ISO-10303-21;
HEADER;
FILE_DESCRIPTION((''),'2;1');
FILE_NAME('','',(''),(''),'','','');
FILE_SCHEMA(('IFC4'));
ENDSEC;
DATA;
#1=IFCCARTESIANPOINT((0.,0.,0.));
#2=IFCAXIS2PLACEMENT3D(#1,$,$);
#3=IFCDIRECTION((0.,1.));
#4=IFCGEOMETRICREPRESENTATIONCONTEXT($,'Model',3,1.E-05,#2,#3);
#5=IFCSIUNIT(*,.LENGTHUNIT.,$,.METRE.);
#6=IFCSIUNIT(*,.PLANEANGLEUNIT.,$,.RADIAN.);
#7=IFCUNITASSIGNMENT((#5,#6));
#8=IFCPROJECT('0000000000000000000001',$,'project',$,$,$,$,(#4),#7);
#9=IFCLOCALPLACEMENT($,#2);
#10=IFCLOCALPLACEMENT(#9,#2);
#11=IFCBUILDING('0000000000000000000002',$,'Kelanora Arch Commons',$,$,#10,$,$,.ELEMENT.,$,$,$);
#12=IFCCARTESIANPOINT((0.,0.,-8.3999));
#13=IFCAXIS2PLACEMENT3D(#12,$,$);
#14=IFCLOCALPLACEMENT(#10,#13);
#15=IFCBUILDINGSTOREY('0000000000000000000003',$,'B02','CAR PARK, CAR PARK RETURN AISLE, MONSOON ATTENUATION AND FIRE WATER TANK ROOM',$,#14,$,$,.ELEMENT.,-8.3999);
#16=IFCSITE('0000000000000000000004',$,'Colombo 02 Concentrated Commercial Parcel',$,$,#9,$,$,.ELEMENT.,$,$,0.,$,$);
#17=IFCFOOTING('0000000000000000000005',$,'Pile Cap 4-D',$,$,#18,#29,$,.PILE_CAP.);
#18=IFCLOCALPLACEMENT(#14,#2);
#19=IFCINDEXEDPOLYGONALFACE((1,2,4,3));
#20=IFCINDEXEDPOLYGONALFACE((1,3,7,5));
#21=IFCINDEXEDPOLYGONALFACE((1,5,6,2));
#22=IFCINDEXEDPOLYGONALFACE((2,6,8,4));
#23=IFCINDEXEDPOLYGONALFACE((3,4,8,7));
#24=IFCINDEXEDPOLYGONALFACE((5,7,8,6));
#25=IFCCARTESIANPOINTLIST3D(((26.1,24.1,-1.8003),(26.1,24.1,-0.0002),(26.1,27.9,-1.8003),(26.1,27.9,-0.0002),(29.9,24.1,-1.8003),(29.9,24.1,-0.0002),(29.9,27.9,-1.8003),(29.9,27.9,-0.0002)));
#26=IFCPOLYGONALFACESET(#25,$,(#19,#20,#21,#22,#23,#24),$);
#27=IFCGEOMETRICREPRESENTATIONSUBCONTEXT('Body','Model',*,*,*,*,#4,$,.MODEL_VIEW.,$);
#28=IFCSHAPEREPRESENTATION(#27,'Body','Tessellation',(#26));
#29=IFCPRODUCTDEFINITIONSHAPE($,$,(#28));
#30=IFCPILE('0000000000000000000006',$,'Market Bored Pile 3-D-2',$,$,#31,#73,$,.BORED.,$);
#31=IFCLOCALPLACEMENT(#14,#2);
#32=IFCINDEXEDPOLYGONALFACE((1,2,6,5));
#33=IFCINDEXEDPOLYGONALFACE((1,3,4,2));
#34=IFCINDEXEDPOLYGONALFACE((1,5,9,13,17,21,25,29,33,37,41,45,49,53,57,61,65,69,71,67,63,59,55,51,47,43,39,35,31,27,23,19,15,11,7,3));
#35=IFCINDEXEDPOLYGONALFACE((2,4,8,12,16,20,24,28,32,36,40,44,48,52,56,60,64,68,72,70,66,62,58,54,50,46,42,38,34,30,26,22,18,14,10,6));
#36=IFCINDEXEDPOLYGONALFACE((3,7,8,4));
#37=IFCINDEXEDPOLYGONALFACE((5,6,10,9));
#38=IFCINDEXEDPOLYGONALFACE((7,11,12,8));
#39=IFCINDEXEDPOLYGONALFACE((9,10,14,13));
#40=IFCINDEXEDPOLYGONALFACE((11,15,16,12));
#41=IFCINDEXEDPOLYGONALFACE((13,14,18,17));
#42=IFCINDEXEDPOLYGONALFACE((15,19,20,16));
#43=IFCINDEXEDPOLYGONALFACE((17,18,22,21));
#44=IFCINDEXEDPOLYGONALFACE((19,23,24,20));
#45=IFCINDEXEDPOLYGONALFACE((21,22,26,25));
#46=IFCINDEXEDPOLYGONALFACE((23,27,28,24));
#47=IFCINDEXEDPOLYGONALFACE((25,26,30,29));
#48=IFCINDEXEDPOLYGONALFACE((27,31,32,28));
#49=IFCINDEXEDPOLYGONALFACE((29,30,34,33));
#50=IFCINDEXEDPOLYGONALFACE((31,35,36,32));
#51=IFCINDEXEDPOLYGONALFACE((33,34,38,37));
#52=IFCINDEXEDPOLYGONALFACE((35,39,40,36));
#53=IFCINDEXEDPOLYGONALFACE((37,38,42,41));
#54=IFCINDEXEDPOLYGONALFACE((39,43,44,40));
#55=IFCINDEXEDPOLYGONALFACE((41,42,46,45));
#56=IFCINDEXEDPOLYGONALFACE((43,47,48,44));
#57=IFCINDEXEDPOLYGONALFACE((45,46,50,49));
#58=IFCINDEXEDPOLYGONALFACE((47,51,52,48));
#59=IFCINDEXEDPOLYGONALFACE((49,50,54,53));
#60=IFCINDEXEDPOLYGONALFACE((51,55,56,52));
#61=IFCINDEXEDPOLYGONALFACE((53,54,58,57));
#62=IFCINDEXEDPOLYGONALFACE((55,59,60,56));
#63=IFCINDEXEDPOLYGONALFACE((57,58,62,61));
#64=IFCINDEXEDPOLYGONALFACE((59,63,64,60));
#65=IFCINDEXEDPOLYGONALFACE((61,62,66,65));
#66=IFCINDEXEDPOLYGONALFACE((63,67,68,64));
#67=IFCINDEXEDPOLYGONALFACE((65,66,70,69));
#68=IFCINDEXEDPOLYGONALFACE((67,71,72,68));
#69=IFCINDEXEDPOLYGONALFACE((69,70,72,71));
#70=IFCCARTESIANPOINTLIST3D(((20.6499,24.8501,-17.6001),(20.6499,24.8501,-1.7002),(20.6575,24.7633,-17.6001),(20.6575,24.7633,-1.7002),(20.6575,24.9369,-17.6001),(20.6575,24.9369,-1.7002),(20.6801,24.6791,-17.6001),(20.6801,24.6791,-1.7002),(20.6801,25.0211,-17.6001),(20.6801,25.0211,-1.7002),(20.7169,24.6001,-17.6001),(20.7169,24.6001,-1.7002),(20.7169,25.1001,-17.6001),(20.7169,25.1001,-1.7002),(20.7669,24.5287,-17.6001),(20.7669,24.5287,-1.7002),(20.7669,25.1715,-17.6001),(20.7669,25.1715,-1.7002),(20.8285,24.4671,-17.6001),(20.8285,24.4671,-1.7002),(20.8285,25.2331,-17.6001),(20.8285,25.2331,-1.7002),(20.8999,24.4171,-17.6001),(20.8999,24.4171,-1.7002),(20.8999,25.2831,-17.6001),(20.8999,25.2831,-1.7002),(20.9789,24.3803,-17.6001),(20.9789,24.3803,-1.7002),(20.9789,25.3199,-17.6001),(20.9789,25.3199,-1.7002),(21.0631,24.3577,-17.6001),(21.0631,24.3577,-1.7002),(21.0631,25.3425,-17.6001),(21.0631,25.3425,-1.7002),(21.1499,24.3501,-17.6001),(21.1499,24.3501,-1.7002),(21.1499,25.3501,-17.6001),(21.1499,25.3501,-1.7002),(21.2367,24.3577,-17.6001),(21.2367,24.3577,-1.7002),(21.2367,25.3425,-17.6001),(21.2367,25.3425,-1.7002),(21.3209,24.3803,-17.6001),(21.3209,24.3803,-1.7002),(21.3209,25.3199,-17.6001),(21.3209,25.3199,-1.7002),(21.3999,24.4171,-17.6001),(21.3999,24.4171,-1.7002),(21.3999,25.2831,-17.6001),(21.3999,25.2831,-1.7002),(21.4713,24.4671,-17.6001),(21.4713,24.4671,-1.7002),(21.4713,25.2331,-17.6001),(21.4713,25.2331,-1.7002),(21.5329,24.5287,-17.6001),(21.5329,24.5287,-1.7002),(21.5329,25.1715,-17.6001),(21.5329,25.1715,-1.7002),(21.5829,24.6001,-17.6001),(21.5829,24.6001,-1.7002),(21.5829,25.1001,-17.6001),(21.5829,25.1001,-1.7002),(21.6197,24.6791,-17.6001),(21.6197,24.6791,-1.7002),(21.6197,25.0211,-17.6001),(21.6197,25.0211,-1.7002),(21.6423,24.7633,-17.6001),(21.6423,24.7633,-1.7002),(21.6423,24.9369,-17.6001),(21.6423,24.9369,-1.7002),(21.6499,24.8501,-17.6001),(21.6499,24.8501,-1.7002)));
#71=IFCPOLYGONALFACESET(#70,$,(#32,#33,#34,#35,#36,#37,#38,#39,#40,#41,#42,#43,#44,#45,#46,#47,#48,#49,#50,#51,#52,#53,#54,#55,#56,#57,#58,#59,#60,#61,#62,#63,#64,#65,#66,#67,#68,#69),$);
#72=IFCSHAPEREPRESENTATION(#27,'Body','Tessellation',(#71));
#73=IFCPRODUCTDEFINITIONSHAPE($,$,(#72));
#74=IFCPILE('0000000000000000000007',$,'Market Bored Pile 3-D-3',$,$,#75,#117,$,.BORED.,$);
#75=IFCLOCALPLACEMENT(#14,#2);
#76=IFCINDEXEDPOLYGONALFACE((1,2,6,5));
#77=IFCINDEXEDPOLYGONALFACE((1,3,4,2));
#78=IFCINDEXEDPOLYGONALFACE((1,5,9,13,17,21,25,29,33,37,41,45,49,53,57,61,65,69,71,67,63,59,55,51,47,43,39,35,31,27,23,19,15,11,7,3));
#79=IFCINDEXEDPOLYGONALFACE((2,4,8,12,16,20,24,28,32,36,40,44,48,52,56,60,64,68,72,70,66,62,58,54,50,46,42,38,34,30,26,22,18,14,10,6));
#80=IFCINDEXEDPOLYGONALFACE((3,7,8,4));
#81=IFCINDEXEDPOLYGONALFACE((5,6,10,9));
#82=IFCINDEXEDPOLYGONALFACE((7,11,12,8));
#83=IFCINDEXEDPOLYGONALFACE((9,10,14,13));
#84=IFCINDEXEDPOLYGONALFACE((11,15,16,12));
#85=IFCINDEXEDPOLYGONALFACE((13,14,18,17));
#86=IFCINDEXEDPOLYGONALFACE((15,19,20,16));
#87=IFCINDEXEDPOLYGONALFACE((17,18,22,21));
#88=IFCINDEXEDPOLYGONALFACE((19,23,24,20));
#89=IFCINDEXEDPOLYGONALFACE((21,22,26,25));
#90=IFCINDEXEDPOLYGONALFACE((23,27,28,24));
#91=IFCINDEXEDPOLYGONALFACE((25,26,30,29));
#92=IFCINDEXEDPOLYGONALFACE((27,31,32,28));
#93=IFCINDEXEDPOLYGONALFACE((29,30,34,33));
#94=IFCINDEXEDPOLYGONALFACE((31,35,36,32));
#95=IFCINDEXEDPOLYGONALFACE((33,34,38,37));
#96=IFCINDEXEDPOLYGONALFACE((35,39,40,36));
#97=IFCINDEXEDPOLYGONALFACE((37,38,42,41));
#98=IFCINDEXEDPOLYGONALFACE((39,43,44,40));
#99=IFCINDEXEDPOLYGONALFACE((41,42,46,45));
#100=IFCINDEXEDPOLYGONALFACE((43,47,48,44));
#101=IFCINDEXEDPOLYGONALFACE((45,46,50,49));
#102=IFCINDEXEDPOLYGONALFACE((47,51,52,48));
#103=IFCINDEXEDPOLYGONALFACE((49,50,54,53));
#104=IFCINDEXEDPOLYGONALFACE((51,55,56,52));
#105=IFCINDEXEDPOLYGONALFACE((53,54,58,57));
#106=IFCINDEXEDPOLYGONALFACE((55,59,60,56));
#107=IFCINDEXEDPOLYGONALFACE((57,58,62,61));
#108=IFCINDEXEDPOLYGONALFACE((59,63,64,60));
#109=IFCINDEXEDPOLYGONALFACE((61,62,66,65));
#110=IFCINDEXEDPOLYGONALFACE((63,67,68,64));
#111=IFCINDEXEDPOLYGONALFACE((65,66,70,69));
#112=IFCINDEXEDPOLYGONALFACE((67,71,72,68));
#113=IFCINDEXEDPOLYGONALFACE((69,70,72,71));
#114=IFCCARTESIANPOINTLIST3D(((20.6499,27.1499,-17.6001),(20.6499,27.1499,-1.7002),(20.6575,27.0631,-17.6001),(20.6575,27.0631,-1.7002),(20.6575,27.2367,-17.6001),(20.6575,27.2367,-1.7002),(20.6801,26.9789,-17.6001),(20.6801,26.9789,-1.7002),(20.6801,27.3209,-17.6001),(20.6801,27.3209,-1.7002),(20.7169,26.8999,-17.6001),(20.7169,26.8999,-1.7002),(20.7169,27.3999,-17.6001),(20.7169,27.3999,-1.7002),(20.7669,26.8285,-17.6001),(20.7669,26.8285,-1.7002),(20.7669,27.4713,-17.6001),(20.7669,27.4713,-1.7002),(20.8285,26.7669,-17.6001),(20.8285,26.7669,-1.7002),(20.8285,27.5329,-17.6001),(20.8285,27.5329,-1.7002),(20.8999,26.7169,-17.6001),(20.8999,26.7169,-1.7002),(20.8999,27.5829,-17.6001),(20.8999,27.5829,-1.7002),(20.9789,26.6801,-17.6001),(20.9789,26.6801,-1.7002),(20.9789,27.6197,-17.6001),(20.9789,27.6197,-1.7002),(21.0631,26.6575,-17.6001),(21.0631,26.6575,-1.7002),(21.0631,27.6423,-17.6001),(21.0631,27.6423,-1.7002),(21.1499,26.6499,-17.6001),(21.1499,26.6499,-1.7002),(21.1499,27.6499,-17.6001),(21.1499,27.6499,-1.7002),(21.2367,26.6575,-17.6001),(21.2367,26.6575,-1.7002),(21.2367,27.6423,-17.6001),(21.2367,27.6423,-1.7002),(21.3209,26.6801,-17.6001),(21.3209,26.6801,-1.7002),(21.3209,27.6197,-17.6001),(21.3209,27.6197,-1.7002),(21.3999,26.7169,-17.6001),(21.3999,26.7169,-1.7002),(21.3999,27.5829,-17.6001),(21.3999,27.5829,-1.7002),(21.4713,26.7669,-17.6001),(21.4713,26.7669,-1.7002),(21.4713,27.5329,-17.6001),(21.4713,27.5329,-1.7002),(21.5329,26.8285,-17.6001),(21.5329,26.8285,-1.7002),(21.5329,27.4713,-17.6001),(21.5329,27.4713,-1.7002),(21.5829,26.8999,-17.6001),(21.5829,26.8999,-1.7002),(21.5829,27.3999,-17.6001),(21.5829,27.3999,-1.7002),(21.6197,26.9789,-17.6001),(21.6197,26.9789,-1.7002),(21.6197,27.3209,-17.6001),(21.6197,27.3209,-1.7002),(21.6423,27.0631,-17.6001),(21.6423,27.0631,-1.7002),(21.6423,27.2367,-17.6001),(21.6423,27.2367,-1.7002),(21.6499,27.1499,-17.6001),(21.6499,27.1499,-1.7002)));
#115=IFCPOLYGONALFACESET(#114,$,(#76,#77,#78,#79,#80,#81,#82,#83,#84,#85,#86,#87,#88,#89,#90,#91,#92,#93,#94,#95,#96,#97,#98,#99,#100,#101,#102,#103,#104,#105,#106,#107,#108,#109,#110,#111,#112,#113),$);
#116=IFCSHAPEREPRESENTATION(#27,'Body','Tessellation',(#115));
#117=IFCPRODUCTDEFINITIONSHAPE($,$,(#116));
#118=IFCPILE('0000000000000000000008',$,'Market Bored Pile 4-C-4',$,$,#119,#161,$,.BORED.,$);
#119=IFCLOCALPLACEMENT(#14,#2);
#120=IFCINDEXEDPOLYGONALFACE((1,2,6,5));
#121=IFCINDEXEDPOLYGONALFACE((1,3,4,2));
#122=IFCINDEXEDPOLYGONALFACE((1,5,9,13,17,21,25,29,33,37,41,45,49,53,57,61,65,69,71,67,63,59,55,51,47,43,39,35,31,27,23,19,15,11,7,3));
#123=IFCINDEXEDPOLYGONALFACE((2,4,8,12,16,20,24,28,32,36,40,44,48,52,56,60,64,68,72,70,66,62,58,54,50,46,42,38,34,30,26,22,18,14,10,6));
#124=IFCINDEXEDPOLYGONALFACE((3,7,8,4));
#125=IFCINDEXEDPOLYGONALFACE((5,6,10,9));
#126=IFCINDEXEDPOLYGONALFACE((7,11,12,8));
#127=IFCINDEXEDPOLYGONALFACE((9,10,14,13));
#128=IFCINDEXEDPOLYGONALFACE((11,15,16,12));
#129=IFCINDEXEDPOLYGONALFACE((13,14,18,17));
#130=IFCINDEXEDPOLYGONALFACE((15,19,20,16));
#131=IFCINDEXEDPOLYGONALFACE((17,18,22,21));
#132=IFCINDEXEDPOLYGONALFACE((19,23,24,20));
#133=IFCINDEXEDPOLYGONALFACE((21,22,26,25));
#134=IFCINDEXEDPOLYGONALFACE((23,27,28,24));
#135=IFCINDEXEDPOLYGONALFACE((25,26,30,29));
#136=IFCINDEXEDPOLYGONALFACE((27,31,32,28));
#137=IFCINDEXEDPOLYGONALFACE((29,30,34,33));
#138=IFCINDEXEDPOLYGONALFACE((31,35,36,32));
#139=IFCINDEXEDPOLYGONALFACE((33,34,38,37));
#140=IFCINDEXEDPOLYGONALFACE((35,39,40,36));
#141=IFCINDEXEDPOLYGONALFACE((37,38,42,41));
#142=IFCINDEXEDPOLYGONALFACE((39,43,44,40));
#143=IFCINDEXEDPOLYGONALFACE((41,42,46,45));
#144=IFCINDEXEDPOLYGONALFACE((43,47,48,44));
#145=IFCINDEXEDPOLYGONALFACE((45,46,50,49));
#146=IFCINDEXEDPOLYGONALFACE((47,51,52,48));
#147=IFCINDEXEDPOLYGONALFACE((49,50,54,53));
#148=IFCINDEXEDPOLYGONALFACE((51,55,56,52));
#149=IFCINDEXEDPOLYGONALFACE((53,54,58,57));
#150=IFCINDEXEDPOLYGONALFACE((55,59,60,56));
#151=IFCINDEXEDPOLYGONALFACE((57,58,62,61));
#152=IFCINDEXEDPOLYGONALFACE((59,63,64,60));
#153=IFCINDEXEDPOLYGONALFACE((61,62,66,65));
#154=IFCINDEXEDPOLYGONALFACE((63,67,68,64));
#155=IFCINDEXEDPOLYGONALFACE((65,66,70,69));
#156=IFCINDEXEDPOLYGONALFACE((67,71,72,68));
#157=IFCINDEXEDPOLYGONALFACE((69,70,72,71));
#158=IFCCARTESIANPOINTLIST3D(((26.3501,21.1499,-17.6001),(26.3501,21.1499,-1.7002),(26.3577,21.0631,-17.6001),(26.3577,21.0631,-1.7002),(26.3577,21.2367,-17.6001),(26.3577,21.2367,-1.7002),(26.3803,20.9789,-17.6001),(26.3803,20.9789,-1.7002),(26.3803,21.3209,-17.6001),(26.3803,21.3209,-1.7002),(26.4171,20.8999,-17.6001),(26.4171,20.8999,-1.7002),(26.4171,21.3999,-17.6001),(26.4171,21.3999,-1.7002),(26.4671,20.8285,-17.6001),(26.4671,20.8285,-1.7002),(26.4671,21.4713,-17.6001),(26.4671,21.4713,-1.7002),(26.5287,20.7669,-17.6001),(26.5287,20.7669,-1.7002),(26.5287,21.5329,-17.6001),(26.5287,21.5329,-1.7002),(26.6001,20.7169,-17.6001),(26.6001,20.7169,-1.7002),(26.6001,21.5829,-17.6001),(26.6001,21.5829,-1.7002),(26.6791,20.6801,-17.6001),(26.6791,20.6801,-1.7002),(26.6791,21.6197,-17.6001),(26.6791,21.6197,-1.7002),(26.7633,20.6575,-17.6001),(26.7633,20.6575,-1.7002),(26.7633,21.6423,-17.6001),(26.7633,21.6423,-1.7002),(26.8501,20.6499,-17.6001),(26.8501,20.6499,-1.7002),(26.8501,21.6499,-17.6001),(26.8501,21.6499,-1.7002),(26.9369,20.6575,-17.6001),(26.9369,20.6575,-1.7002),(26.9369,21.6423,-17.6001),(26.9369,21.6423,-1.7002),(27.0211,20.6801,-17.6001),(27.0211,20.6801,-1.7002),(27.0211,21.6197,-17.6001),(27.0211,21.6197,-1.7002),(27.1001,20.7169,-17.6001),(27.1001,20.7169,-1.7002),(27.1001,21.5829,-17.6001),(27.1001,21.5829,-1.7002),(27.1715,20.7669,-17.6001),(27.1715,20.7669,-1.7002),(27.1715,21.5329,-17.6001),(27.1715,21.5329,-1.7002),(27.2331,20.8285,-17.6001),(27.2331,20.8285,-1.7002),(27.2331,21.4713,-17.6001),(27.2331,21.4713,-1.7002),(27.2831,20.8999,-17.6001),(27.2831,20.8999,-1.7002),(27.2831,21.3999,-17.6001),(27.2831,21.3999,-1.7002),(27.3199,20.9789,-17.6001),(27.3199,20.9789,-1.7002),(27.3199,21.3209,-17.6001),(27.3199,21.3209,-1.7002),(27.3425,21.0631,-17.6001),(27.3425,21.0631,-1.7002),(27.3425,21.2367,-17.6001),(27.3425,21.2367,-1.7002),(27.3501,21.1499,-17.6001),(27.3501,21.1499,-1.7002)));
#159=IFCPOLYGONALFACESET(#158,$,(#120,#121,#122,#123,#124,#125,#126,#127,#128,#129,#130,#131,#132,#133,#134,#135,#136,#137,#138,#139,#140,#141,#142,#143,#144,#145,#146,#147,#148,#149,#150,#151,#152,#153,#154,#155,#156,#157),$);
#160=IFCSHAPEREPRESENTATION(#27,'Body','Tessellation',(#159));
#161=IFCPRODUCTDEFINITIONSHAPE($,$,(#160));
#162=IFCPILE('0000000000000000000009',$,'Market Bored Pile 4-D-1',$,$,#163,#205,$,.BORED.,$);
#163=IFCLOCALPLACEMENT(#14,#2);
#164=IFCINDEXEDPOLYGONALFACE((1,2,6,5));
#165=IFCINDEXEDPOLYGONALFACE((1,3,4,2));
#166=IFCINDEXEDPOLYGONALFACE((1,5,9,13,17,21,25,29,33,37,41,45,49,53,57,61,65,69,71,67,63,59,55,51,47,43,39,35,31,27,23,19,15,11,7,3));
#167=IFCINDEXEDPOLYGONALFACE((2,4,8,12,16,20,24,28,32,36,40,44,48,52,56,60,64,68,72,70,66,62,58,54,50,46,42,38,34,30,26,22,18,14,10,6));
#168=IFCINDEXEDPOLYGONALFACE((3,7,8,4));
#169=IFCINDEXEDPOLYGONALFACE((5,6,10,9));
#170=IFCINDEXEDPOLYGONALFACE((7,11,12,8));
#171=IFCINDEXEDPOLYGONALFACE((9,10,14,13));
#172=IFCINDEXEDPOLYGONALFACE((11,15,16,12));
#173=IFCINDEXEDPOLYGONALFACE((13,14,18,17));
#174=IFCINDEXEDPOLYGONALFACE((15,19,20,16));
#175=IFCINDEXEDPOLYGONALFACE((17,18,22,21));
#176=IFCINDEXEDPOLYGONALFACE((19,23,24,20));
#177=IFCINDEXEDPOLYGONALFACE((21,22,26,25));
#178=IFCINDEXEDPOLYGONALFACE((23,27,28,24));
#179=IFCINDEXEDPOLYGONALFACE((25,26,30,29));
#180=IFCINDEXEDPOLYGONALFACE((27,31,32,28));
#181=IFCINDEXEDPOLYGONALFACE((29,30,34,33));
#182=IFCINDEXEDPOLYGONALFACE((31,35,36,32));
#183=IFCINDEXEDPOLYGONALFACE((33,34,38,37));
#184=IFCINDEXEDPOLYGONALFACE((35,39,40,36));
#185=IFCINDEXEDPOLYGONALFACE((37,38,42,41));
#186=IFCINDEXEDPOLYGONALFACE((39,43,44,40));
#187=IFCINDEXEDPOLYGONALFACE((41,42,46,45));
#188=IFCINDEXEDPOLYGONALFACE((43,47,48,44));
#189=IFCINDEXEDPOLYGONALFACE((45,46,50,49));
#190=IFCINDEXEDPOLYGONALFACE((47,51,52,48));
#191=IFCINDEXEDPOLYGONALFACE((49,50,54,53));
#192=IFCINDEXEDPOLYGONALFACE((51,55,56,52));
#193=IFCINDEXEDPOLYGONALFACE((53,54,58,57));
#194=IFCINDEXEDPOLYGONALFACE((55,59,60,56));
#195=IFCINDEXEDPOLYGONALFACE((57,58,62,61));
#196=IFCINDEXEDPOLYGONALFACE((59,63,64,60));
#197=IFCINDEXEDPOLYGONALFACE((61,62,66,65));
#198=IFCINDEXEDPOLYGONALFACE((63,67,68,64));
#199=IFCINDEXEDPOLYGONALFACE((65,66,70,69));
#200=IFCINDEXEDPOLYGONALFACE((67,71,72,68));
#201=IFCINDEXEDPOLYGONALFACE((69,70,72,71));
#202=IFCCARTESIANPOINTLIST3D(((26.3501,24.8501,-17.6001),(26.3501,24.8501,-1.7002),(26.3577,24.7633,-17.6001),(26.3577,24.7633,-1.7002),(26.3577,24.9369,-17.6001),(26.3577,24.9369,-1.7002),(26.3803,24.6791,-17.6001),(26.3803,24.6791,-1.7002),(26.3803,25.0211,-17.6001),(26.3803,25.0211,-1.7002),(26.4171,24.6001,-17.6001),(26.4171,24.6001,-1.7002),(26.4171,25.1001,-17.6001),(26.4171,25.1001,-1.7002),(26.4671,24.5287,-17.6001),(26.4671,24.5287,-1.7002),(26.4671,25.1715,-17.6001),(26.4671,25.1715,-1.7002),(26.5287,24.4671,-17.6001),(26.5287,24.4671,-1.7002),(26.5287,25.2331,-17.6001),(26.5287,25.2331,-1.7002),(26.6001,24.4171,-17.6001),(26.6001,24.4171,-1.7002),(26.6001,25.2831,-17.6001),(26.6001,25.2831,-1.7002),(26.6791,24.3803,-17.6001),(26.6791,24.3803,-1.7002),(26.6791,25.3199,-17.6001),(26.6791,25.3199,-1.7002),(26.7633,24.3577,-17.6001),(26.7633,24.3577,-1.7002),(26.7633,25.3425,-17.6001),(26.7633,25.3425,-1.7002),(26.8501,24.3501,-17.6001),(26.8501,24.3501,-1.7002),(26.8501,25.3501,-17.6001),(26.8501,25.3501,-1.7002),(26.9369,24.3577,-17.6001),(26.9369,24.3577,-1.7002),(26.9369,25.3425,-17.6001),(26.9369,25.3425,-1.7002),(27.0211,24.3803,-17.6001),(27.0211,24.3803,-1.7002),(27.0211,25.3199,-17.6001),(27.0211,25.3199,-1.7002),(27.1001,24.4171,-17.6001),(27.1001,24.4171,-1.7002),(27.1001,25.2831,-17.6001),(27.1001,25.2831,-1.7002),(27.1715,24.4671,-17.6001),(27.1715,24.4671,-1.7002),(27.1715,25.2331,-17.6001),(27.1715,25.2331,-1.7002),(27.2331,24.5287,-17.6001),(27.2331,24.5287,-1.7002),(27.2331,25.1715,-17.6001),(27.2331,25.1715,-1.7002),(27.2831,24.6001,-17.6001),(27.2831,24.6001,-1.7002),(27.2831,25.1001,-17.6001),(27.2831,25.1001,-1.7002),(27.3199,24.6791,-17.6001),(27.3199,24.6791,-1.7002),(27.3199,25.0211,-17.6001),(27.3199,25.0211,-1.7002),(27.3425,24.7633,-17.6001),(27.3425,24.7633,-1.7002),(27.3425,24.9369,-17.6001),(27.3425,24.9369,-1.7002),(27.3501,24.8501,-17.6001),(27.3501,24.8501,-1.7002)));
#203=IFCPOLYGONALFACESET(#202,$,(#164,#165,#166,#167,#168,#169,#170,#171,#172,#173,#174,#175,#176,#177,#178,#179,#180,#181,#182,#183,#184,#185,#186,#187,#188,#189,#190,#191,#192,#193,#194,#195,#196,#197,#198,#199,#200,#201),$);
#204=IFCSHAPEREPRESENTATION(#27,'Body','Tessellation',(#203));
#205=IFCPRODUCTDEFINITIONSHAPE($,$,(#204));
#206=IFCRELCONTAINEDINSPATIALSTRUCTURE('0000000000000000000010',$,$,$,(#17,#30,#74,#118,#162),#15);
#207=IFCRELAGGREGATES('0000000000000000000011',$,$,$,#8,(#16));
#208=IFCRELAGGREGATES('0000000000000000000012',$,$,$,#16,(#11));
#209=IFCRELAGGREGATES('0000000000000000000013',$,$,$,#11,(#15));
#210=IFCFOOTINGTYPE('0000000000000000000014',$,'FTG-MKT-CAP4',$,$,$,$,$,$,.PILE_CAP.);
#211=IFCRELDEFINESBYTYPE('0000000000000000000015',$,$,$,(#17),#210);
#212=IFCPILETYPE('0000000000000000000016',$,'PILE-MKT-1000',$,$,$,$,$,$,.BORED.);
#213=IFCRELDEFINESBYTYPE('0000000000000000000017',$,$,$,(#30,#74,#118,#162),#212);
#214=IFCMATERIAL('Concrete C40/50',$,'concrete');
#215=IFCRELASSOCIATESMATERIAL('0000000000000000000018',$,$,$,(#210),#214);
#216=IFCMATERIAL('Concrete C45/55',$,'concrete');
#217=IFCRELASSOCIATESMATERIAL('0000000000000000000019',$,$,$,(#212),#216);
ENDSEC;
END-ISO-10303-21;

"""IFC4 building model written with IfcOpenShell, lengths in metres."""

from ifc_helpers import new_model, si_unit, direction, frame, origin, origin_2d, place, context, subcontext, project, spatial, rectangle, circle, extrude, source, transform, mapped, material, material_profile, profile_set, type_object, element, save


model = new_model("IFC4")

# Units and contexts
model_context = context("Model", 3, precision=1e-05, world=origin(), true_north=direction((0.0, 1.0)))
body_context = subcontext(model_context, "Body", "Model", "MODEL_VIEW")
ifc_project = project(units=[si_unit("LENGTHUNIT", "METRE"), si_unit("PLANEANGLEUNIT", "RADIAN")], contexts=[model_context])

# Site, building, storey
site_placement = place(None, origin())
site = spatial("IfcSite", under=ifc_project, at=site_placement, Name="Colombo 02 Concentrated Commercial Parcel", CompositionType="ELEMENT", RefElevation=0.0)
building_placement = place(site_placement, origin())
building = spatial("IfcBuilding", under=site, at=building_placement, Name="Kelanora Arch Commons", CompositionType="ELEMENT")
storey_placement = place(building_placement, frame((0.0, 0.0, -8.3999)))
storey = spatial("IfcBuildingStorey", under=building, at=storey_placement, Name="B02", Description="CAR PARK, CAR PARK RETURN AISLE, MONSOON ATTENUATION AND FIRE WATER TANK ROOM", CompositionType="ELEMENT", Elevation=-8.3999)

# Footing
ifc_material_1 = material(Name="Concrete C40/50", Category="concrete")
footing_type_1 = type_object("IfcFootingType", Name="FTG-MKT-CAP4", PredefinedType="PILE_CAP", material=ifc_material_1)
shared_shape_1 = source(origin(), body_context, "Body", "SweptSolid", [
    extrude(rectangle(XDim=3.8, YDim=3.8, at=origin_2d()), origin(), (0.0, 0.0, 1.0), 1.8),
])
footing_1_placement = place(storey_placement, frame((28.0, 26.0, -1.8003), z_axis=(0.0, 0.0, 1.0), x_axis=(1.0, 0.0, 0.0)))
element("IfcFooting", 1, at=footing_1_placement, inside=storey, type_object=footing_type_1, Name="Pile Cap 4-D", PredefinedType="PILE_CAP", context=body_context, shape_type="MappedRepresentation", body=[
    mapped(shared_shape_1, transform((0.0, 0.0, 0.0), scale=1.0)),
])

# Piles
ifc_material_2 = material(Name="Concrete C45/55", Category="concrete")
ifc_material_profile_1 = material_profile(ifc_material_2, circle(Radius=0.5, at=origin_2d()), Name="PILE1000")
ifc_profile_set_1 = profile_set([ifc_material_profile_1], Name="Concrete C45/55")
pile_type = type_object("IfcPileType", Name="PILE-MKT-1000", PredefinedType="BORED", material=ifc_profile_set_1)
shared_shape_2 = source(origin(), body_context, "Body", "SweptSolid", [
    extrude(circle(Radius=0.5, at=origin_2d()), origin(), (0.0, 0.0, 1.0), 15.8999),
])
for number, where, z_axis, x_axis, name in (
    (2, (21.1499, 24.8501, -1.7002), (0.0, 0.0, -1.0), (1.0, 0.0, 0.0), "Market Bored Pile 3-D-2"),
    (3, (21.1499, 27.1499, -1.7002), (0.0, 0.0, -1.0), (1.0, 0.0, 0.0), "Market Bored Pile 3-D-3"),
    (4, (26.8501, 21.1499, -1.7002), (0.0, 0.0, -1.0), (1.0, 0.0, 0.0), "Market Bored Pile 4-C-4"),
    (5, (26.8501, 24.8501, -1.7002), (0.0, 0.0, -1.0), (1.0, 0.0, 0.0), "Market Bored Pile 4-D-1"),
):
    element("IfcPile", number, at=place(storey_placement, frame(where, z_axis=z_axis, x_axis=x_axis)), inside=storey, type_object=pile_type, Name=name, PredefinedType="BORED", context=body_context, shape_type="MappedRepresentation", body=[
        mapped(shared_shape_2, transform((0.0, 0.0, 0.0), scale=1.0)),
    ])

save(model, "model.ifc")
